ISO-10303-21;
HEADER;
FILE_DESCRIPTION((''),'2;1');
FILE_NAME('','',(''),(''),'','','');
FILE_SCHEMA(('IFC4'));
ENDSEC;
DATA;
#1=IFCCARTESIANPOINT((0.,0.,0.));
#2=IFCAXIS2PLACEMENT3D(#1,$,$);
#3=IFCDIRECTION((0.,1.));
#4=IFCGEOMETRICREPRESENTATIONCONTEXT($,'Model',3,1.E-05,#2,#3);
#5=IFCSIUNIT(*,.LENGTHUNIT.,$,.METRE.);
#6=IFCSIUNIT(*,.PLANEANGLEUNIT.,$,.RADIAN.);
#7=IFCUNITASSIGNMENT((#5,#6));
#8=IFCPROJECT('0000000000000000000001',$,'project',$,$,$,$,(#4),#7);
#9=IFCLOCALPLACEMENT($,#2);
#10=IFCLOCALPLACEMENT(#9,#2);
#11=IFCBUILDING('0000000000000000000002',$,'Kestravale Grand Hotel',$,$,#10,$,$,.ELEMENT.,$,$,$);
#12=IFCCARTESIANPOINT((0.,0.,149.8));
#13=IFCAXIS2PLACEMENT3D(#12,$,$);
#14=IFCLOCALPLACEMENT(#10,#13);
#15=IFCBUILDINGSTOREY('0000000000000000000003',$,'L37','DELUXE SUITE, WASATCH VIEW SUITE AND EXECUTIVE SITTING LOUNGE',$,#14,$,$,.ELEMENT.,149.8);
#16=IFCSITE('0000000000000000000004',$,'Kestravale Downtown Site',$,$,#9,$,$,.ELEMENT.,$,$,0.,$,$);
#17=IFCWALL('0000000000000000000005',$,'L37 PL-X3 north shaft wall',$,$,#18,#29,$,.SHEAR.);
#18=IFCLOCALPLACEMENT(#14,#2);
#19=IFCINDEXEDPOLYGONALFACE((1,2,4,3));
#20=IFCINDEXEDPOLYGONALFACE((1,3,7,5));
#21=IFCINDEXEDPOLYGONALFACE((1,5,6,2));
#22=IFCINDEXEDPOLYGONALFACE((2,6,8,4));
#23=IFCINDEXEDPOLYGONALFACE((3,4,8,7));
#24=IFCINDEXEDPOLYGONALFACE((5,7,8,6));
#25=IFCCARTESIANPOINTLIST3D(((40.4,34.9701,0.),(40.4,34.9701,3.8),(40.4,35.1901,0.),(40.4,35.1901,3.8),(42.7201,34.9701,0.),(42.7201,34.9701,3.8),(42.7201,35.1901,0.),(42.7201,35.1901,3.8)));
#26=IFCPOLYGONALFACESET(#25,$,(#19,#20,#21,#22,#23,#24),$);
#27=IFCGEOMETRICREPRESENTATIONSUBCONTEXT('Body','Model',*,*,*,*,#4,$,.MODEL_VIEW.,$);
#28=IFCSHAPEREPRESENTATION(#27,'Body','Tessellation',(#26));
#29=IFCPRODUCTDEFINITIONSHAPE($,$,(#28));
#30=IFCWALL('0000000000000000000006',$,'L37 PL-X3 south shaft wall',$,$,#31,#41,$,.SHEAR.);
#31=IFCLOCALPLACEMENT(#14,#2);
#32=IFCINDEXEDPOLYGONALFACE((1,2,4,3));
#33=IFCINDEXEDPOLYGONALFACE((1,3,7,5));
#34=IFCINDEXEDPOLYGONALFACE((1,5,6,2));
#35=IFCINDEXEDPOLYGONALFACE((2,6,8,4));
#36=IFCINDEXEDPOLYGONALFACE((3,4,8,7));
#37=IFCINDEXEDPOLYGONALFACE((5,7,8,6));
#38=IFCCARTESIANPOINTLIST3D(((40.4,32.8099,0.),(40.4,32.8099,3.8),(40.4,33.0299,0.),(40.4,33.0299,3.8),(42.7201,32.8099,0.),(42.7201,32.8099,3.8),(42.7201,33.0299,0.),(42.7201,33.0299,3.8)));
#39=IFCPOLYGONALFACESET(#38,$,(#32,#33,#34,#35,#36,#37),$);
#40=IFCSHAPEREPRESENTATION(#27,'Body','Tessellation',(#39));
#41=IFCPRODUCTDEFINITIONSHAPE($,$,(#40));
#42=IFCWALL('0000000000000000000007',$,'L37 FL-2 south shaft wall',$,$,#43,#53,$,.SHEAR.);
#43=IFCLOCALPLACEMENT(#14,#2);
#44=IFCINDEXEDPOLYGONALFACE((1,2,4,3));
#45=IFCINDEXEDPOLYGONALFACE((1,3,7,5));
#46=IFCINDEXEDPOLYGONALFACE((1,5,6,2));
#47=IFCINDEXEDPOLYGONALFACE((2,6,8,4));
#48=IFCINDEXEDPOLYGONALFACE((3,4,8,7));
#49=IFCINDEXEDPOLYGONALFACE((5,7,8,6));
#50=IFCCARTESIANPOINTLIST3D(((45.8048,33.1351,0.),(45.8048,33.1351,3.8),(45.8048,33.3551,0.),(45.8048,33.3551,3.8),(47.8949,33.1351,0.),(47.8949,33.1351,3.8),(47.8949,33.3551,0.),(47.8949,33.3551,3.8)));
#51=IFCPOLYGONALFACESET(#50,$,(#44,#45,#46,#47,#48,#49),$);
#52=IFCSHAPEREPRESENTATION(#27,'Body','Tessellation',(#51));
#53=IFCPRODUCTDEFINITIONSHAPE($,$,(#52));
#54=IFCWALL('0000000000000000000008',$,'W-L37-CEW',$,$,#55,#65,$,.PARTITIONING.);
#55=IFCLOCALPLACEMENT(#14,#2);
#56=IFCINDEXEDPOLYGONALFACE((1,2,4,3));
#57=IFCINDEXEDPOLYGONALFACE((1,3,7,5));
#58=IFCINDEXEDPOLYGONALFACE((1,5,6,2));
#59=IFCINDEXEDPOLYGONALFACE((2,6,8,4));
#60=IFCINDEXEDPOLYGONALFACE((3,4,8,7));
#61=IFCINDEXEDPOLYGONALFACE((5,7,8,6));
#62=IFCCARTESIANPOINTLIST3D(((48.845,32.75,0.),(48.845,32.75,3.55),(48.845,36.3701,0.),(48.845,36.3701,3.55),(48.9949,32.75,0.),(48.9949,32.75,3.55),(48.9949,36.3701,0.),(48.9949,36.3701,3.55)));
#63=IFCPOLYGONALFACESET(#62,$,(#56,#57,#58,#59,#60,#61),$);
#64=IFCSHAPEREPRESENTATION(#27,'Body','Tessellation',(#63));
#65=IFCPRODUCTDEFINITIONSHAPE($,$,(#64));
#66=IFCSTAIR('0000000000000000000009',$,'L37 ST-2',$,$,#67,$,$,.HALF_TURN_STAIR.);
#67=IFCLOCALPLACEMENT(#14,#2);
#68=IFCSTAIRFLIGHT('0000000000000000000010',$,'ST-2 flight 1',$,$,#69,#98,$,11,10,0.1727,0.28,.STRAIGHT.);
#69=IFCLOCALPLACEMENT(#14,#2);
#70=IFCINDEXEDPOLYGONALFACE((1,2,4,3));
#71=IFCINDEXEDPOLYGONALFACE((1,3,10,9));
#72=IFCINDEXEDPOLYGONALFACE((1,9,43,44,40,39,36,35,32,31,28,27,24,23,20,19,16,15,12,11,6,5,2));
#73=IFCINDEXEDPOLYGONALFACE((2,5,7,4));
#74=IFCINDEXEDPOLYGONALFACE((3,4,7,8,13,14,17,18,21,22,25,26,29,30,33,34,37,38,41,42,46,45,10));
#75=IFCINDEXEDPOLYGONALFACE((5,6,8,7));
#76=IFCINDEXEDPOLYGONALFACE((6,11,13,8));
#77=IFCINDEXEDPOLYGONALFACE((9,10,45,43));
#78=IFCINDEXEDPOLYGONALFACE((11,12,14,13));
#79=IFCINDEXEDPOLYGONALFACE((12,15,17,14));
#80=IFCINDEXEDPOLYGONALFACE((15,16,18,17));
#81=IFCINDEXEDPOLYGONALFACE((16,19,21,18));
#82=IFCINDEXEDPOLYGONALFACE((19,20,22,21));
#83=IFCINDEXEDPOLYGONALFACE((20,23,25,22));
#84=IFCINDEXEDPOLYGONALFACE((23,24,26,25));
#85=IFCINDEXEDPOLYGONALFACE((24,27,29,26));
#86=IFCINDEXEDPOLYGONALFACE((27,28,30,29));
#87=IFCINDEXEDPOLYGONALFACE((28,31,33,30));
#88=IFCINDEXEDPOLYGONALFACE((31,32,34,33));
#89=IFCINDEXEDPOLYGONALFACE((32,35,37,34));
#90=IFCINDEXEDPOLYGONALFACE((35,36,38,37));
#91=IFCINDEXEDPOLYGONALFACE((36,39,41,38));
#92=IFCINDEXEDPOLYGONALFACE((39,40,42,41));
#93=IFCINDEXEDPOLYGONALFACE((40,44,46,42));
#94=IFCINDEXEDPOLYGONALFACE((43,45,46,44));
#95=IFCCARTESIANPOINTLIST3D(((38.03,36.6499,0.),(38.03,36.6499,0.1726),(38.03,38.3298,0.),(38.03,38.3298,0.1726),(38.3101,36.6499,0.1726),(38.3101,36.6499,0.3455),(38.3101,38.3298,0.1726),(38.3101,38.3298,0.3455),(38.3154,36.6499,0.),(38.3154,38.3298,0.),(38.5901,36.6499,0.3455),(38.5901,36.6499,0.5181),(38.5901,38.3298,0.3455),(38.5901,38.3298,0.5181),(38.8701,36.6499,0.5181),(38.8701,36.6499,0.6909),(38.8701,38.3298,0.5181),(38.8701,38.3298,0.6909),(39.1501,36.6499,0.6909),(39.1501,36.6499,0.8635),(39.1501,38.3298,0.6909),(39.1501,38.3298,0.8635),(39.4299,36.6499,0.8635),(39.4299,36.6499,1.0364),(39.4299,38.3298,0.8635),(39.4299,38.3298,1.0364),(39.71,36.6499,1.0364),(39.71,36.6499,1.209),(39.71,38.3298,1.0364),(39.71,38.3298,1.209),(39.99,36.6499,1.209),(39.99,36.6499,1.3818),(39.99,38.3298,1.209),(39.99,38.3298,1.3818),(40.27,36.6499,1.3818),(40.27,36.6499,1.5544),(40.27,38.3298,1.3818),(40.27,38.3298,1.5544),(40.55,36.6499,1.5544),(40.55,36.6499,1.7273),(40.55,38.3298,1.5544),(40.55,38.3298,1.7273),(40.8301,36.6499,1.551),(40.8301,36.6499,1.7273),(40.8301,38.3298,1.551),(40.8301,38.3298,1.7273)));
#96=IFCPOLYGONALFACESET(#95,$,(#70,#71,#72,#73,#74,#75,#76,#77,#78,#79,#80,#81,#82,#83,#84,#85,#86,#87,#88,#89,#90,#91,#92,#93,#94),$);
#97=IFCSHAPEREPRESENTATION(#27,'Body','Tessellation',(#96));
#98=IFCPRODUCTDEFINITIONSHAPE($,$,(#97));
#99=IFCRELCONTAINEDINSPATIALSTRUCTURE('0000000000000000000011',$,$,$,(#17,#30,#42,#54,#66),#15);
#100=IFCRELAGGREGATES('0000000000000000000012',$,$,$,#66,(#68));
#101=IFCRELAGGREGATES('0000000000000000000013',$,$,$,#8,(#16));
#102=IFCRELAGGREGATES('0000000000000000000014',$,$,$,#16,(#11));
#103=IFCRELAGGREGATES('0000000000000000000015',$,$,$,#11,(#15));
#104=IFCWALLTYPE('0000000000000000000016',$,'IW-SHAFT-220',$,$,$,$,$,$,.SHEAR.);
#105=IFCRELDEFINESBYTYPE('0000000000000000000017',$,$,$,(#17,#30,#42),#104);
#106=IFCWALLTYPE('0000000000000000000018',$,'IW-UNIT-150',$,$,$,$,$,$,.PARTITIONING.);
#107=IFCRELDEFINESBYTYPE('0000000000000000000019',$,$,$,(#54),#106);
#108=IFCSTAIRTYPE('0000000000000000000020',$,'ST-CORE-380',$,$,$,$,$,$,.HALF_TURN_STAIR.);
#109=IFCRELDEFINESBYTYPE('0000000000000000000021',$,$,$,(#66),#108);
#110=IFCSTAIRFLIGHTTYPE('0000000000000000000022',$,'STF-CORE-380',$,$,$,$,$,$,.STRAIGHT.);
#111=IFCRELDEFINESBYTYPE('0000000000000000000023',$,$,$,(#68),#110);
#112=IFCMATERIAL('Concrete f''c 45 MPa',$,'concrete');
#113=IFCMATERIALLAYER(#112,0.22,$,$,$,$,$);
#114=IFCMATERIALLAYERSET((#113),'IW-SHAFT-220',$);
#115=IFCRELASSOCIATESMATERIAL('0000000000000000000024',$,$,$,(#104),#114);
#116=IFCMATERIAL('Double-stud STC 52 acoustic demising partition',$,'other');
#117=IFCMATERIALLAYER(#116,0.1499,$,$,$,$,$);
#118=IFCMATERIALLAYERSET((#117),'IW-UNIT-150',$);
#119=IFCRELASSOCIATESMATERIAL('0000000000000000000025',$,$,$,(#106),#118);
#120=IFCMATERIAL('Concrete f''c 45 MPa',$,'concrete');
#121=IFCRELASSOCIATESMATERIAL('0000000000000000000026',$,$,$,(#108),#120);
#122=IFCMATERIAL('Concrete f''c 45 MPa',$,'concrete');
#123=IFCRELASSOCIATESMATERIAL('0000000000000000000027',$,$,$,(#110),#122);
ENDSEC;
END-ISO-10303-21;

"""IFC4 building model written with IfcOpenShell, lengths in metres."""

from ifc_helpers import new_model, si_unit, direction, frame, frame_2d, origin, place, context, subcontext, project, spatial, polyline, rectangle, outline, extrude, material, layer, layer_set, type_object, element, aggregate, save


model = new_model("IFC4")

# Units and contexts
model_context = context("Model", 3, precision=1e-05, world=origin(), true_north=direction((0.0, 1.0)))
body_context = subcontext(model_context, "Body", "Model", "MODEL_VIEW")
ifc_project = project(units=[si_unit("LENGTHUNIT", "METRE"), si_unit("PLANEANGLEUNIT", "RADIAN")], contexts=[model_context])

# Site, building, storey
site_placement = place(None, origin())
site = spatial("IfcSite", under=ifc_project, at=site_placement, Name="Kestravale Downtown Site", CompositionType="ELEMENT", RefElevation=0.0)
building_placement = place(site_placement, origin())
building = spatial("IfcBuilding", under=site, at=building_placement, Name="Kestravale Grand Hotel", CompositionType="ELEMENT")
storey_placement = place(building_placement, frame((0.0, 0.0, 149.8)))
storey = spatial("IfcBuildingStorey", under=building, at=storey_placement, Name="L37", Description="DELUXE SUITE, WASATCH VIEW SUITE AND EXECUTIVE SITTING LOUNGE", CompositionType="ELEMENT", Elevation=149.8)

# Walls
ifc_material_1 = material(Name="Concrete f'c 45 MPa", Category="concrete")
ifc_layer_1 = layer(ifc_material_1, 0.22)
ifc_layer_set_1 = layer_set([ifc_layer_1], Name="IW-SHAFT-220")
wall_type_1 = type_object("IfcWallType", Name="IW-SHAFT-220", PredefinedType="SHEAR", material=ifc_layer_set_1)
for number, where, z_axis, x_axis, name in (
    (1, (40.3999, 35.0801, 0.0), (0.0, 0.0, 1.0), (1.0, 0.0, 0.0), "L37 PL-X3 north shaft wall"),
    (2, (40.3999, 32.9199, 0.0), (0.0, 0.0, 1.0), (1.0, 0.0, 0.0), "L37 PL-X3 south shaft wall"),
):
    element("IfcWall", number, at=place(storey_placement, frame(where, z_axis=z_axis, x_axis=x_axis)), inside=storey, type_object=wall_type_1, Name=name, PredefinedType="SHEAR", context=body_context, shape_type="SweptSolid", body=[
        extrude(rectangle(XDim=2.3201, YDim=0.22, at=frame_2d((1.1602, 0.0))), origin(), (0.0, 0.0, 1.0), 3.8),
    ])

# Walls
wall_1_placement = place(storey_placement, frame((45.8049, 33.2451, 0.0), z_axis=(0.0, 0.0, 1.0), x_axis=(1.0, 0.0, 0.0)))
element("IfcWall", 3, at=wall_1_placement, inside=storey, type_object=wall_type_1, Name="L37 FL-2 south shaft wall", PredefinedType="SHEAR", context=body_context, shape_type="SweptSolid", body=[
    extrude(rectangle(XDim=2.0901, YDim=0.22, at=frame_2d((1.0449, 0.0))), origin(), (0.0, 0.0, 1.0), 3.8),
])
ifc_material_2 = material(Name="Double-stud STC 52 acoustic demising partition", Category="other")
ifc_layer_2 = layer(ifc_material_2, 0.1499)
ifc_layer_set_2 = layer_set([ifc_layer_2], Name="IW-UNIT-150")
wall_type_2 = type_object("IfcWallType", Name="IW-UNIT-150", PredefinedType="PARTITIONING", material=ifc_layer_set_2)
wall_2_placement = place(storey_placement, frame((48.9199, 32.75, 0.0), z_axis=(0.0, 0.0, 1.0), x_axis=(0.0, 1.0, 0.0)))
element("IfcWall", 4, at=wall_2_placement, inside=storey, type_object=wall_type_2, Name="W-L37-CEW", PredefinedType="PARTITIONING", context=body_context, shape_type="SweptSolid", body=[
    extrude(rectangle(XDim=3.6201, YDim=0.1499, at=frame_2d((1.8101, 0.0))), origin(), (0.0, 0.0, 1.0), 3.55),
])

# Stair, stair flight
ifc_material_3 = material(Name="Concrete f'c 45 MPa", Category="concrete")
stair_type = type_object("IfcStairType", Name="ST-CORE-380", PredefinedType="HALF_TURN_STAIR", material=ifc_material_3)
stair_placement = place(storey_placement, origin())
stair = element("IfcStair", 5, at=stair_placement, inside=storey, type_object=stair_type, Name="L37 ST-2", PredefinedType="HALF_TURN_STAIR")
ifc_material_4 = material(Name="Concrete f'c 45 MPa", Category="concrete")
stair_flight_type = type_object("IfcStairFlightType", Name="STF-CORE-380", PredefinedType="STRAIGHT", material=ifc_material_4)
stair_flight_placement = place(storey_placement, frame((38.03, 37.49, 0.0), z_axis=(0.0, 0.0, 1.0), x_axis=(1.0, 0.0, 0.0)))
stair_flight = element("IfcStairFlight", 6, at=stair_flight_placement, type_object=stair_flight_type, Name="ST-2 flight 1", NumberOfRisers=11, NumberOfTreads=10, PredefinedType="STRAIGHT", RiserHeight=0.1727, TreadLength=0.28, context=body_context, shape_type="SweptSolid", body=[
    extrude(outline(polyline([(0.0, 0.0), (0.0, 0.1726), (0.28, 0.1726), (0.28, 0.3455), (0.5601, 0.3455), (0.5601, 0.5181), (0.8401, 0.5181), (0.8401, 0.6909), (1.1201, 0.6909), (1.1201, 0.8635), (1.3999, 0.8635), (1.3999, 1.0364), (1.6799, 1.0364), (1.6799, 1.209), (1.96, 1.209), (1.96, 1.3818), (2.24, 1.3818), (2.24, 1.5544), (2.52, 1.5544), (2.52, 1.7273), (2.8, 1.7273), (2.8, 1.8999), (2.8, 1.551), (0.2854, 0.0), (0.0, 0.0)])), frame((0.0, 0.8398, 0.0), z_axis=(0.0, -1.0, 0.0), x_axis=(1.0, 0.0, 0.0)), (0.0, 0.0, 1.0), 1.6799),
])
aggregate(stair, [stair_flight])

save(model, "model.ifc")
